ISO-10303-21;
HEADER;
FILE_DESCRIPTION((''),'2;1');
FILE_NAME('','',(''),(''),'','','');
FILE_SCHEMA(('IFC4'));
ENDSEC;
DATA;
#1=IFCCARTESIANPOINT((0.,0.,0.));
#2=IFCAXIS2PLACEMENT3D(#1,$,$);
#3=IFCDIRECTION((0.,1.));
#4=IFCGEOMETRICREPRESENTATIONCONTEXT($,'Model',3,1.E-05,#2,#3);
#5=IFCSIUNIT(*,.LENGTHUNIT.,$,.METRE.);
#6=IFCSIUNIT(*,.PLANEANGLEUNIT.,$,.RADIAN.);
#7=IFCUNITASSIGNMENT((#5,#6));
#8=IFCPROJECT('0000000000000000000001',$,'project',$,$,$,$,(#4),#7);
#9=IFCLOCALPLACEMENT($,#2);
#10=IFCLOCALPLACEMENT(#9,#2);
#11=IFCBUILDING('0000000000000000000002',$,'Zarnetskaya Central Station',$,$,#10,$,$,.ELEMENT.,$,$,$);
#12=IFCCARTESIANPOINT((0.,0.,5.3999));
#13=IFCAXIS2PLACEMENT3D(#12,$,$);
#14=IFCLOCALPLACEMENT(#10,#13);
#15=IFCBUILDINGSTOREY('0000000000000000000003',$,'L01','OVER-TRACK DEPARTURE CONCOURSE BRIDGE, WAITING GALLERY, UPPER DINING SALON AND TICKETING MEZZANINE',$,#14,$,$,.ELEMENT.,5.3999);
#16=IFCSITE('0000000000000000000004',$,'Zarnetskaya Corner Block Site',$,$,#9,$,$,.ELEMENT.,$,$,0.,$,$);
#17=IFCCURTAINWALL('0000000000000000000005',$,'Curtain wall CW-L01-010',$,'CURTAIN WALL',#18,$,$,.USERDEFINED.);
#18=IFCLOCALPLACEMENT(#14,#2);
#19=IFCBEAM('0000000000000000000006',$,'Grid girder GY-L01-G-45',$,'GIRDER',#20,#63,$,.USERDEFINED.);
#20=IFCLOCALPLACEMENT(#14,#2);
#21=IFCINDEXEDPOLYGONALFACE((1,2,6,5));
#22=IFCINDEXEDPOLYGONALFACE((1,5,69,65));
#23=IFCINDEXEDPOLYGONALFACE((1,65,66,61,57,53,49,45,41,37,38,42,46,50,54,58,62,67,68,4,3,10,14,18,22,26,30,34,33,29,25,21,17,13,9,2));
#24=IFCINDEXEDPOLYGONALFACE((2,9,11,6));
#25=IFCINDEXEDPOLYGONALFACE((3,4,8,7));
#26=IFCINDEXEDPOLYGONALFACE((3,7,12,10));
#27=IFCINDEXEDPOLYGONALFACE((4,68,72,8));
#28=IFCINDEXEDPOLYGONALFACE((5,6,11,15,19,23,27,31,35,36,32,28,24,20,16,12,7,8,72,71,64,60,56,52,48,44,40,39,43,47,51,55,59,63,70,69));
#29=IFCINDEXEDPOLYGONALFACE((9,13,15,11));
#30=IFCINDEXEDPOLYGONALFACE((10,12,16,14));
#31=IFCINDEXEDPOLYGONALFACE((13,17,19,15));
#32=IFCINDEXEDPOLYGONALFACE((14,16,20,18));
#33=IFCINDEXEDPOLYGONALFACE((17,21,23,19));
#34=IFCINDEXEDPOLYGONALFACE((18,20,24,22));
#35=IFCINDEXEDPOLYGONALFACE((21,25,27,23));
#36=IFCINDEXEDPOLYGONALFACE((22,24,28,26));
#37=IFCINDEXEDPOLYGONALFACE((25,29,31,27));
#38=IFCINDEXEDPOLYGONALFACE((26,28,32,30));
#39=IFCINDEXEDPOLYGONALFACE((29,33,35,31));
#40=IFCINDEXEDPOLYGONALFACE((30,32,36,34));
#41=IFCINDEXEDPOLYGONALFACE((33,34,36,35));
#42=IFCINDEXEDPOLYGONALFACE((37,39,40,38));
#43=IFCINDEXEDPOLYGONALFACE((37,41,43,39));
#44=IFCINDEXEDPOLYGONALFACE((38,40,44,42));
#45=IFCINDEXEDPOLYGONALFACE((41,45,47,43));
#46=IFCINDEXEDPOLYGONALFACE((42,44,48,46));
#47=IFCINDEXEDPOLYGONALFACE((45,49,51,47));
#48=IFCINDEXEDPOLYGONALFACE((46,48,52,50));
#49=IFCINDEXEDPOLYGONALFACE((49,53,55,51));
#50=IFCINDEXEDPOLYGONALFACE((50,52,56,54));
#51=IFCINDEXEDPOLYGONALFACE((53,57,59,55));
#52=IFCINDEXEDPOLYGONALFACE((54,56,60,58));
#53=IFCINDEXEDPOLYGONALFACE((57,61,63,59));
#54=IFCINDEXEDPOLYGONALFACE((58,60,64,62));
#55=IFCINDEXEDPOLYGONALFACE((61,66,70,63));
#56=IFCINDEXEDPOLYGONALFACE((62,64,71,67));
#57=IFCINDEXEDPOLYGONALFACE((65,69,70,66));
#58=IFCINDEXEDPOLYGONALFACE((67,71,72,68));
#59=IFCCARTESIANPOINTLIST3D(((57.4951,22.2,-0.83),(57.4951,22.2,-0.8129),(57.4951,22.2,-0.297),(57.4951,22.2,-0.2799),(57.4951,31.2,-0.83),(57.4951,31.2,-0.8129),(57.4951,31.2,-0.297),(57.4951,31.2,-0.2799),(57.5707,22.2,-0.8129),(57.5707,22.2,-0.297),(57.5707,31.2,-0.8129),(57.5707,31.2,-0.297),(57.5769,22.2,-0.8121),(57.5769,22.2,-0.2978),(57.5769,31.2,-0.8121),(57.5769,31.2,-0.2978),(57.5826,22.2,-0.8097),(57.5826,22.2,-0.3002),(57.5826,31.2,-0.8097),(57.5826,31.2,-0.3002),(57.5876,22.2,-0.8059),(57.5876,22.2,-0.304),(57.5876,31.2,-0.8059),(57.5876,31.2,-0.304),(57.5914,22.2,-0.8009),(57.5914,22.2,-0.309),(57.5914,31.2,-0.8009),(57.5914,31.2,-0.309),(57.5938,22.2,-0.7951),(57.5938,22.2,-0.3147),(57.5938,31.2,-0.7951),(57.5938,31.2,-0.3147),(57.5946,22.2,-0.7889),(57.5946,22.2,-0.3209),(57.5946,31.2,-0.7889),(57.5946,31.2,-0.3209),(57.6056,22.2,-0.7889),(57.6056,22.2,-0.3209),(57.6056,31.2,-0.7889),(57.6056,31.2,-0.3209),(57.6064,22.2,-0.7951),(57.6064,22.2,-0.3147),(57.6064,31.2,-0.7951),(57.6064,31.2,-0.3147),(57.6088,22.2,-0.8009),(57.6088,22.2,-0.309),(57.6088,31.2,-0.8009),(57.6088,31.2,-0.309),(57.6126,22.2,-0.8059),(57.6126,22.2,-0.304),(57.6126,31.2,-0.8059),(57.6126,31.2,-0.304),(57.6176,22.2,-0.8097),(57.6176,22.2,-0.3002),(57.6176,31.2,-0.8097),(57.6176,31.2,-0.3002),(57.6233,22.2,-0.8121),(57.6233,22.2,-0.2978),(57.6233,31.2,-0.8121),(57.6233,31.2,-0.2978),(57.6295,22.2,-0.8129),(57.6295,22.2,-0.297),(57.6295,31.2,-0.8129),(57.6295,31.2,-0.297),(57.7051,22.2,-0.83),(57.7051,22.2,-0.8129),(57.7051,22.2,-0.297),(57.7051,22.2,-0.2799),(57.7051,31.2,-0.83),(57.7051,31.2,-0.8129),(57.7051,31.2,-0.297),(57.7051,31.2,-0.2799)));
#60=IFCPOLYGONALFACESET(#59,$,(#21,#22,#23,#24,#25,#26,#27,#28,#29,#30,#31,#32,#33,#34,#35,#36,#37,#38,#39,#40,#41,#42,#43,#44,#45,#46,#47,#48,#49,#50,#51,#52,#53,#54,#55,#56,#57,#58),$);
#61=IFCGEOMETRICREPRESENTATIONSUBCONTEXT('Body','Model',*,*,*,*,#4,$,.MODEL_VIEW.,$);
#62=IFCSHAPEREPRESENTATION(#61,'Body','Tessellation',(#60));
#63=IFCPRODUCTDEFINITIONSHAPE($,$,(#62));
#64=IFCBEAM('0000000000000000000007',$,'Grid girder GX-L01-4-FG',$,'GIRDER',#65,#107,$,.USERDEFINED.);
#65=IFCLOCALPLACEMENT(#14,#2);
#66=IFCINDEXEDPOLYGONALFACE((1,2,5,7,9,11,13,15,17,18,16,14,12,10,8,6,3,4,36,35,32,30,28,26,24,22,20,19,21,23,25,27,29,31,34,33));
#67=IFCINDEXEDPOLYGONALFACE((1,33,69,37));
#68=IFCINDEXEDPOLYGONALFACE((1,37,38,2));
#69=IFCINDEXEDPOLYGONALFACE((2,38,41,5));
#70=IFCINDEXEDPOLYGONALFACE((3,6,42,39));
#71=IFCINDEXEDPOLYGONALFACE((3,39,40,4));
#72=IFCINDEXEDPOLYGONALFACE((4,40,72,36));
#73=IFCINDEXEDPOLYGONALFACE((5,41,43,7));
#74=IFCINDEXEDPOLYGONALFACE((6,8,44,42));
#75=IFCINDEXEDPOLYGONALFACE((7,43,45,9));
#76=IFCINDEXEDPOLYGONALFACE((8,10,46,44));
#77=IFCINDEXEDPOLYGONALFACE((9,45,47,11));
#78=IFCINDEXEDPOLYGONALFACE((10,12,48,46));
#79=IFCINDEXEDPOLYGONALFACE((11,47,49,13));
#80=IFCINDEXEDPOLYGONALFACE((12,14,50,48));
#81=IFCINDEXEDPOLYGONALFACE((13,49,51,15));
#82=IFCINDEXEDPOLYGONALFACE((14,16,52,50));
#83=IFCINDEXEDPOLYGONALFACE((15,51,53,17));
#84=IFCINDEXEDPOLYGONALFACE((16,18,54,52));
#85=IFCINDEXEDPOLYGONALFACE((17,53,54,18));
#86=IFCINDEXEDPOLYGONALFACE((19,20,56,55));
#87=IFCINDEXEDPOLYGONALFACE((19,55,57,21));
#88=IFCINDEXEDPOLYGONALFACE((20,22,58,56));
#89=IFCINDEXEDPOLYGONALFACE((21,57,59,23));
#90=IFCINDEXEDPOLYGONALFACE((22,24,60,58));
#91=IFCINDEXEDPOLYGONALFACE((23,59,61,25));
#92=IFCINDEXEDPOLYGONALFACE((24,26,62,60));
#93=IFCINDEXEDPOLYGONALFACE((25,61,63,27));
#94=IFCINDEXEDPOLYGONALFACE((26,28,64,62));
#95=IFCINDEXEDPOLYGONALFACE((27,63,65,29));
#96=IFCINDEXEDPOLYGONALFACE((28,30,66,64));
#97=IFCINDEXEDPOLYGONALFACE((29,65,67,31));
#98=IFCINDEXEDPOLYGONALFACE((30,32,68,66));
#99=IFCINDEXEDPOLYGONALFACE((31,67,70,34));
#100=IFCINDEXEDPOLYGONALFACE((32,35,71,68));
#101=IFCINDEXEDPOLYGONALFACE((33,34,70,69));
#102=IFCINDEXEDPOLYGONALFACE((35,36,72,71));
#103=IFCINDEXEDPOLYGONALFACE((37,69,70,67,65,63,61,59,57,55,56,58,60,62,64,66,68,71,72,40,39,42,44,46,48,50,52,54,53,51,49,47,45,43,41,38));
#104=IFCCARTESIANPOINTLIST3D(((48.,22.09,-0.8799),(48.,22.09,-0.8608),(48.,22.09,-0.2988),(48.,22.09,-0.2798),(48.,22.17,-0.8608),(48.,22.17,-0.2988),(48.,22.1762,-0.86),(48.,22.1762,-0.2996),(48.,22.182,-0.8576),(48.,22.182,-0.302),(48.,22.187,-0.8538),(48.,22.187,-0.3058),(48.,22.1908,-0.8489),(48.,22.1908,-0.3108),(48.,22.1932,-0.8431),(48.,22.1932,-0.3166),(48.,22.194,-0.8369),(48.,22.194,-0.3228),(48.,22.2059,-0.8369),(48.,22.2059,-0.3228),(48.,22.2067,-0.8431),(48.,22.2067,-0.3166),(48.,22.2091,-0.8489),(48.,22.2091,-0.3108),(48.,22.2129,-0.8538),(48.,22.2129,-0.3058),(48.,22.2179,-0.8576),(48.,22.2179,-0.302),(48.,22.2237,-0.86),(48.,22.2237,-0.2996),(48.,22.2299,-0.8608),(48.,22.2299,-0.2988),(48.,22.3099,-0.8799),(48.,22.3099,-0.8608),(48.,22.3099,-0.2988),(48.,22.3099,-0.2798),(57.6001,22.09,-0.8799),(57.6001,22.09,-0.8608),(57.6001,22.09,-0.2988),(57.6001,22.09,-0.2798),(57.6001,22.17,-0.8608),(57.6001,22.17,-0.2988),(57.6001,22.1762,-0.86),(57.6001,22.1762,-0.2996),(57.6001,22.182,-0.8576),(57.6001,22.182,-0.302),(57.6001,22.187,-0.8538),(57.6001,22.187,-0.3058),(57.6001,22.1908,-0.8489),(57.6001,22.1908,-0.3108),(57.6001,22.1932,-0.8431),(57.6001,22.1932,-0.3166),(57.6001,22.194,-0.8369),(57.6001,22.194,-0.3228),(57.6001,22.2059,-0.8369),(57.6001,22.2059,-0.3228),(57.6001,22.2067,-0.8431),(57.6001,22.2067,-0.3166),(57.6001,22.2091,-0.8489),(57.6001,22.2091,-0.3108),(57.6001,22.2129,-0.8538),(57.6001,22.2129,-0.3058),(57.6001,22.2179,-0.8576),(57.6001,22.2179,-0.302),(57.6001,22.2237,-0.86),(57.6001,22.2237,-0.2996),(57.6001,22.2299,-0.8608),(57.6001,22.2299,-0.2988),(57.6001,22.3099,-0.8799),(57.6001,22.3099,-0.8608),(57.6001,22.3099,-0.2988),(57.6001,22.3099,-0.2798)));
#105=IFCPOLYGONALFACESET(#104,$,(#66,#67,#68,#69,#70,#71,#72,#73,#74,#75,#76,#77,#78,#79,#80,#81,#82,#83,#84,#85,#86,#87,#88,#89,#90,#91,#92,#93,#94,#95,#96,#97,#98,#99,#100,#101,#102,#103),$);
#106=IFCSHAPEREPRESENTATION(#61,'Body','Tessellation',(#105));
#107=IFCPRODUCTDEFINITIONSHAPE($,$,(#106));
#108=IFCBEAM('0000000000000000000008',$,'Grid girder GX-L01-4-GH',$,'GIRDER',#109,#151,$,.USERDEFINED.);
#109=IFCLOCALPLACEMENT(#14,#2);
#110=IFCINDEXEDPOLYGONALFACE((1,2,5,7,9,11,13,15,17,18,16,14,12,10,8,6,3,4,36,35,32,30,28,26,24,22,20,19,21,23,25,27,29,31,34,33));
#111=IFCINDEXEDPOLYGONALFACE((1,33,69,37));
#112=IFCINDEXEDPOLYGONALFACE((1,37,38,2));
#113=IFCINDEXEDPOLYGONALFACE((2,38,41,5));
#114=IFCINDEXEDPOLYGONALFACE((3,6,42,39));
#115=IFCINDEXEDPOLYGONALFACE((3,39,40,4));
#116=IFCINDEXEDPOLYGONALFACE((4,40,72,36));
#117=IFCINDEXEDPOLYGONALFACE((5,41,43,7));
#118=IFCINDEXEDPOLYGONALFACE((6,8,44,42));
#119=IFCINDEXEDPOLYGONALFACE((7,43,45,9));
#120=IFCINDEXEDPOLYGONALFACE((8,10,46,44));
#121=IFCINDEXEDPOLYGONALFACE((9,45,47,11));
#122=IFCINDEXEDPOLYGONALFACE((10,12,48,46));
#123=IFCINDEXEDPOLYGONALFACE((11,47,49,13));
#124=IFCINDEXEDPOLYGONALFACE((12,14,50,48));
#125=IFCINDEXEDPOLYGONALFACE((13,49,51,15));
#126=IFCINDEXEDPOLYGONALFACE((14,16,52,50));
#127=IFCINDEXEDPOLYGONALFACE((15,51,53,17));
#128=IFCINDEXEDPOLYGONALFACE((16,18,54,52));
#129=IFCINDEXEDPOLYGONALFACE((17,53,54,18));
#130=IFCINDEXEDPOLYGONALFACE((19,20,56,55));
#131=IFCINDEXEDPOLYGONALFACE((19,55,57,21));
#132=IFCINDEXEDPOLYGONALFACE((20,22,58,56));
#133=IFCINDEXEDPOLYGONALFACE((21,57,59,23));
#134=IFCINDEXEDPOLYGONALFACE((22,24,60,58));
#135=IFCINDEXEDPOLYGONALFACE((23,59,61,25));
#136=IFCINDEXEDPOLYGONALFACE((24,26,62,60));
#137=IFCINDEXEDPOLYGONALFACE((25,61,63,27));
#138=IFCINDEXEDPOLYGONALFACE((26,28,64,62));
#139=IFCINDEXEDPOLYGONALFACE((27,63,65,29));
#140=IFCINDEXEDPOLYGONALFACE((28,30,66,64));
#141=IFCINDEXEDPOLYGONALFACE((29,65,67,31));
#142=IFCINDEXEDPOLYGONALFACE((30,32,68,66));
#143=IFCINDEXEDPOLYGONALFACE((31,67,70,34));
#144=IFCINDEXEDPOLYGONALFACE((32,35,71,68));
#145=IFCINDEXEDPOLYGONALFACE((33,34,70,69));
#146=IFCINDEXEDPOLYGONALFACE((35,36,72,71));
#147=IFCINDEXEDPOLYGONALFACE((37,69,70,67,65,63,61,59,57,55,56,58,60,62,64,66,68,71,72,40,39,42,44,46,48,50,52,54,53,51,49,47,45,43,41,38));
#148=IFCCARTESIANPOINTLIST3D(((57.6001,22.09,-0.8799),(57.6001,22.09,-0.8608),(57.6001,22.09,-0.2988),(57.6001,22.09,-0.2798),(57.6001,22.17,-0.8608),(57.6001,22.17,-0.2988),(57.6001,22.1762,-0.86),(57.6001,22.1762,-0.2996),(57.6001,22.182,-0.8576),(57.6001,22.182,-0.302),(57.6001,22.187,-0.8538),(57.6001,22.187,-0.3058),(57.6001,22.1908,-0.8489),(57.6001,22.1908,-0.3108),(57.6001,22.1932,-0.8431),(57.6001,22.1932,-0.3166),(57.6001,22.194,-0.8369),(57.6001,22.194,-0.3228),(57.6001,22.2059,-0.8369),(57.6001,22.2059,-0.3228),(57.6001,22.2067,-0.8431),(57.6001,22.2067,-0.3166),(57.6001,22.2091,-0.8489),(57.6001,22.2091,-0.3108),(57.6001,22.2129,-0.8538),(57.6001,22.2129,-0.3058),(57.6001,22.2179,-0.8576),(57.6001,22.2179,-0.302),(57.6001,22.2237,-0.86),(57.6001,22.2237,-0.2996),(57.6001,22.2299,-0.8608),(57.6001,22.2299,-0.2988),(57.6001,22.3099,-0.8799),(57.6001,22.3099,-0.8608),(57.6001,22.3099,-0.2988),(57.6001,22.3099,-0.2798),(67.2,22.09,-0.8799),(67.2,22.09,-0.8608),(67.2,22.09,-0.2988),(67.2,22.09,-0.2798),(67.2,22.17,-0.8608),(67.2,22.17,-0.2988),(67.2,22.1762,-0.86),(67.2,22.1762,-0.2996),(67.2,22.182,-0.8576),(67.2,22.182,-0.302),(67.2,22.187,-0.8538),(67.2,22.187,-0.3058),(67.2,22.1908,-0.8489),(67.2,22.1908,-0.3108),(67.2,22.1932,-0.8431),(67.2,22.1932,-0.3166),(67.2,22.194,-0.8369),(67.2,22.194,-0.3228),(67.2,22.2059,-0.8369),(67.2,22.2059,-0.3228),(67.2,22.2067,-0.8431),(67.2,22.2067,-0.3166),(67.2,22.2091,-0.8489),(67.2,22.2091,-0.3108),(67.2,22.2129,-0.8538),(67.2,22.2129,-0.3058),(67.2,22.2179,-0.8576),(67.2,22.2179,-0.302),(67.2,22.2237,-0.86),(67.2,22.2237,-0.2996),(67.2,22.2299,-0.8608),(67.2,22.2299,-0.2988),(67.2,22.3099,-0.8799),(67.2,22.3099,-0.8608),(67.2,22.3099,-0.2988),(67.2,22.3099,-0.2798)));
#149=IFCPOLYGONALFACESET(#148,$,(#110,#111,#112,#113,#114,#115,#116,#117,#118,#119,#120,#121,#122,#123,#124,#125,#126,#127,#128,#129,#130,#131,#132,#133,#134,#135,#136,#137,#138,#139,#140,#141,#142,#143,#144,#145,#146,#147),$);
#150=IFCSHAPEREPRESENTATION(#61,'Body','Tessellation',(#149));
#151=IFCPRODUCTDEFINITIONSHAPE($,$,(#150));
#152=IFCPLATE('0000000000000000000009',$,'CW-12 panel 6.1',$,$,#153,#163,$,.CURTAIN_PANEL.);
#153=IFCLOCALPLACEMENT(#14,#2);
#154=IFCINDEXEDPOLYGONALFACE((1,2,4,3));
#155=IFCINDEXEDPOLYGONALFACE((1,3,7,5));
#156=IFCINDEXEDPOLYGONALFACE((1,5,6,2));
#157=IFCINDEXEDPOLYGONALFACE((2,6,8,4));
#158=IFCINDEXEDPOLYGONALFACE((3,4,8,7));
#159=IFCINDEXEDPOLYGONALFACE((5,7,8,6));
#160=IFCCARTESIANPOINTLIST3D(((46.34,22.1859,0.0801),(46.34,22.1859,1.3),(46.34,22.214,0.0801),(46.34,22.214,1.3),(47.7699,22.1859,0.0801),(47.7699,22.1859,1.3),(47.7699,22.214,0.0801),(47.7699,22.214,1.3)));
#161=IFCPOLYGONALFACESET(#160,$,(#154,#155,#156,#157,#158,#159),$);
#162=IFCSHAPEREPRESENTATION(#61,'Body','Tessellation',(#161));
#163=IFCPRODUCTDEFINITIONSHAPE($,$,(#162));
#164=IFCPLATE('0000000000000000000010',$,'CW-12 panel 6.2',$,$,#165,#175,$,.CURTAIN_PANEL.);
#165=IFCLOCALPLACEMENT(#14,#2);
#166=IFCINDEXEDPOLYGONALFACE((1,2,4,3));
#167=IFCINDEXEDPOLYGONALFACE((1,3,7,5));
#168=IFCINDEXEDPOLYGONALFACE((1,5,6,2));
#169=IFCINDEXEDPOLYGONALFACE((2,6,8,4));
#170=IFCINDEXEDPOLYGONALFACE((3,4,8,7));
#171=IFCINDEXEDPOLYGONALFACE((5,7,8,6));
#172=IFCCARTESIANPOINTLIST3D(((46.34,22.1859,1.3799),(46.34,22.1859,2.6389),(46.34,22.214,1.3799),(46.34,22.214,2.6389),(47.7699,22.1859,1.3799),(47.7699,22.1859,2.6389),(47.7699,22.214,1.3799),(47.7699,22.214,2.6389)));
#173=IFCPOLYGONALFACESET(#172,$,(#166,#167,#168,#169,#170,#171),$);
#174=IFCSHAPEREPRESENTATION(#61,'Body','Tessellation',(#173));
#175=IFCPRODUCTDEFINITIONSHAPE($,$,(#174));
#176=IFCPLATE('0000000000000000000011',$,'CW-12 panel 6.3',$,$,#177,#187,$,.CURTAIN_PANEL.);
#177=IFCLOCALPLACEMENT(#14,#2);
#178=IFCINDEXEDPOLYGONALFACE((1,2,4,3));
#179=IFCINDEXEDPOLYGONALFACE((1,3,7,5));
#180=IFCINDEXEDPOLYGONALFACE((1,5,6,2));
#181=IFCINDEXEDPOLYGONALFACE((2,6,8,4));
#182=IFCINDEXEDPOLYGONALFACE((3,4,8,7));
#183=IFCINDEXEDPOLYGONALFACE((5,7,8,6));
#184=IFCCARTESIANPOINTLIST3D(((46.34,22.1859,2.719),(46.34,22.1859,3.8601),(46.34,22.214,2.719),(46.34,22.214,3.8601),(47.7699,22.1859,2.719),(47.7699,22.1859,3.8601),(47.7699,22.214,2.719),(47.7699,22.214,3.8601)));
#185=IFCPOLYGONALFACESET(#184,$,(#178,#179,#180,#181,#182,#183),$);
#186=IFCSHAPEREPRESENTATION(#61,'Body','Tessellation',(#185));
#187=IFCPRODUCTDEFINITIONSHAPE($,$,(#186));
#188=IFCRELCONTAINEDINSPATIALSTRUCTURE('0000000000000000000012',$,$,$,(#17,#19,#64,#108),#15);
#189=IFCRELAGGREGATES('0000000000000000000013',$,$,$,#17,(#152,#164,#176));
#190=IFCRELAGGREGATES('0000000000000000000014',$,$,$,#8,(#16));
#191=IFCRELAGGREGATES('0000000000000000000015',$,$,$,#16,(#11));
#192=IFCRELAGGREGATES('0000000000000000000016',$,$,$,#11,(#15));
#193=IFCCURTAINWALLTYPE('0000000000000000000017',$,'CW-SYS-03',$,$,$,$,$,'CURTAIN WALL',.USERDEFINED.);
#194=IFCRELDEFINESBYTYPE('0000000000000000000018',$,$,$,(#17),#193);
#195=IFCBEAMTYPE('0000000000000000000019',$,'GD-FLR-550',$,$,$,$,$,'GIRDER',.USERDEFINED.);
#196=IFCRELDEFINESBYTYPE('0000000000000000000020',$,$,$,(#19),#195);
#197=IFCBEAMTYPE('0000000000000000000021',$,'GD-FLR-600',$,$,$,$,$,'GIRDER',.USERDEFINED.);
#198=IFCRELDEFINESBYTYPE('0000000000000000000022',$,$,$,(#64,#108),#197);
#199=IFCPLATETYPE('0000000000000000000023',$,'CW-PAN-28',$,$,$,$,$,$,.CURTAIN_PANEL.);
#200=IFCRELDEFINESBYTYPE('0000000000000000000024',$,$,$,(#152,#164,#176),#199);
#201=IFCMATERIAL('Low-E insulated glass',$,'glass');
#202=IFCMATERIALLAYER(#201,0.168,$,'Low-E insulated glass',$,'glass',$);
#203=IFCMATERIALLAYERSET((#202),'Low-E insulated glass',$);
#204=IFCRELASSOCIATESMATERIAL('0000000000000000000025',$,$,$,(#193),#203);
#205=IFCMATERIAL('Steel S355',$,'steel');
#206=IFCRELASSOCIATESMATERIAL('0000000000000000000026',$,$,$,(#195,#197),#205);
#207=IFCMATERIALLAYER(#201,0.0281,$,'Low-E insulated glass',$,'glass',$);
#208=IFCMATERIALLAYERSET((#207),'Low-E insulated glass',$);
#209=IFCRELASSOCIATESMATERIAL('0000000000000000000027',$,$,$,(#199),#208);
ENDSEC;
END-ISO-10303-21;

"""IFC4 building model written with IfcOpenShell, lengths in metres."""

from ifc_helpers import new_model, si_unit, direction, frame, origin, origin_2d, place, context, subcontext, project, spatial, rectangle, i_section, extrude, material, layer, layer_set, material_profile, profile_set, type_object, element, aggregate, save


model = new_model("IFC4")

# Units and contexts
model_context = context("Model", 3, precision=1e-05, world=origin(), true_north=direction((0.0, 1.0)))
body_context = subcontext(model_context, "Body", "Model", "MODEL_VIEW")
ifc_project = project(units=[si_unit("LENGTHUNIT", "METRE"), si_unit("PLANEANGLEUNIT", "RADIAN")], contexts=[model_context])

# Site, building, storey
site_placement = place(None, origin())
site = spatial("IfcSite", under=ifc_project, at=site_placement, Name="Zarnetskaya Corner Block Site", CompositionType="ELEMENT", RefElevation=0.0)
building_placement = place(site_placement, origin())
building = spatial("IfcBuilding", under=site, at=building_placement, Name="Zarnetskaya Central Station", CompositionType="ELEMENT")
storey_placement = place(building_placement, frame((0.0, 0.0, 5.3999)))
storey = spatial("IfcBuildingStorey", under=building, at=storey_placement, Name="L01", Description="OVER-TRACK DEPARTURE CONCOURSE BRIDGE, WAITING GALLERY, UPPER DINING SALON AND TICKETING MEZZANINE", CompositionType="ELEMENT", Elevation=5.3999)

# Shared definitions
ifc_material_1 = material(Name="Steel S355", Category="steel")

# Curtain wall
ifc_material_2 = material(Name="Low-E insulated glass", Category="glass")
ifc_layer_1 = layer(ifc_material_2, 0.168, Name="Low-E insulated glass", Category="glass")
ifc_layer_set_1 = layer_set([ifc_layer_1], Name="Low-E insulated glass")
curtain_wall_type_1 = type_object("IfcCurtainWallType", Name="CW-SYS-03", ElementType="CURTAIN WALL", PredefinedType="USERDEFINED", material=ifc_layer_set_1)
curtain_wall_1_placement = place(storey_placement, origin())
curtain_wall_1 = element("IfcCurtainWall", 1, at=curtain_wall_1_placement, inside=storey, type_object=curtain_wall_type_1, Name="Curtain wall CW-L01-010", ObjectType="CURTAIN WALL", PredefinedType="USERDEFINED")

# Beams
ifc_material_profile_1 = material_profile(ifc_material_1, i_section(OverallWidth=0.21, OverallDepth=0.55, WebThickness=0.011, FlangeThickness=0.0171, FilletRadius=0.0239, at=origin_2d()), Name="IPE 550")
ifc_profile_set_1 = profile_set([ifc_material_profile_1], Name="Steel S355")
beam_type_1 = type_object("IfcBeamType", Name="GD-FLR-550", ElementType="GIRDER", PredefinedType="USERDEFINED", material=ifc_profile_set_1)
beam_1_placement = place(storey_placement, frame((57.6001, 22.2, -0.5549), z_axis=(0.0, 1.0, 0.0), x_axis=(-1.0, 0.0, 0.0)))
element("IfcBeam", 2, at=beam_1_placement, inside=storey, type_object=beam_type_1, Name="Grid girder GY-L01-G-45", ObjectType="GIRDER", PredefinedType="USERDEFINED", context=body_context, shape_type="SweptSolid", body=[
    extrude(i_section(OverallWidth=0.21, OverallDepth=0.55, WebThickness=0.011, FlangeThickness=0.0171, FilletRadius=0.0239, at=origin_2d()), origin(), (0.0, 0.0, 1.0), 9.0),
])
ifc_material_profile_2 = material_profile(ifc_material_1, i_section(OverallWidth=0.22, OverallDepth=0.6001, WebThickness=0.012, FlangeThickness=0.019, FilletRadius=0.0239, at=origin_2d()), Name="IPE 600")
ifc_profile_set_2 = profile_set([ifc_material_profile_2], Name="Steel S355")
beam_type_2 = type_object("IfcBeamType", Name="GD-FLR-600", ElementType="GIRDER", PredefinedType="USERDEFINED", material=ifc_profile_set_2)
beam_2_placement = place(storey_placement, frame((48.0, 22.2, -0.5798), z_axis=(1.0, 0.0, 0.0), x_axis=(0.0, 1.0, 0.0)))
element("IfcBeam", 3, at=beam_2_placement, inside=storey, type_object=beam_type_2, Name="Grid girder GX-L01-4-FG", ObjectType="GIRDER", PredefinedType="USERDEFINED", context=body_context, shape_type="SweptSolid", body=[
    extrude(i_section(OverallWidth=0.22, OverallDepth=0.6001, WebThickness=0.012, FlangeThickness=0.019, FilletRadius=0.0239, at=origin_2d()), origin(), (0.0, 0.0, 1.0), 9.6001),
])
beam_3_placement = place(storey_placement, frame((57.6001, 22.2, -0.5798), z_axis=(1.0, 0.0, 0.0), x_axis=(0.0, 1.0, 0.0)))
element("IfcBeam", 4, at=beam_3_placement, inside=storey, type_object=beam_type_2, Name="Grid girder GX-L01-4-GH", ObjectType="GIRDER", PredefinedType="USERDEFINED", context=body_context, shape_type="SweptSolid", body=[
    extrude(i_section(OverallWidth=0.22, OverallDepth=0.6001, WebThickness=0.012, FlangeThickness=0.019, FilletRadius=0.0239, at=origin_2d()), origin(), (0.0, 0.0, 1.0), 9.5999),
])

# Plates
ifc_layer_2 = layer(ifc_material_2, 0.0281, Name="Low-E insulated glass", Category="glass")
ifc_layer_set_2 = layer_set([ifc_layer_2], Name="Low-E insulated glass")
plate_type_1 = type_object("IfcPlateType", Name="CW-PAN-28", PredefinedType="CURTAIN_PANEL", material=ifc_layer_set_2)
plate_1_placement = place(storey_placement, frame((47.0549, 22.2, 0.0801), z_axis=(0.0, 0.0, 1.0), x_axis=(1.0, 0.0, 0.0)))
plate_1 = element("IfcPlate", 5, at=plate_1_placement, type_object=plate_type_1, Name="CW-12 panel 6.1", PredefinedType="CURTAIN_PANEL", context=body_context, shape_type="SweptSolid", body=[
    extrude(rectangle(XDim=1.4299, YDim=0.0281, at=origin_2d()), origin(), (0.0, 0.0, 1.0), 1.22),
])
plate_2_placement = place(storey_placement, frame((47.0549, 22.2, 1.3799), z_axis=(0.0, 0.0, 1.0), x_axis=(1.0, 0.0, 0.0)))
plate_2 = element("IfcPlate", 6, at=plate_2_placement, type_object=plate_type_1, Name="CW-12 panel 6.2", PredefinedType="CURTAIN_PANEL", context=body_context, shape_type="SweptSolid", body=[
    extrude(rectangle(XDim=1.4299, YDim=0.0281, at=origin_2d()), origin(), (0.0, 0.0, 1.0), 1.259),
])
plate_3_placement = place(storey_placement, frame((47.0549, 22.2, 2.719), z_axis=(0.0, 0.0, 1.0), x_axis=(1.0, 0.0, 0.0)))
plate_3 = element("IfcPlate", 7, at=plate_3_placement, type_object=plate_type_1, Name="CW-12 panel 6.3", PredefinedType="CURTAIN_PANEL", context=body_context, shape_type="SweptSolid", body=[
    extrude(rectangle(XDim=1.4299, YDim=0.0281, at=origin_2d()), origin(), (0.0, 0.0, 1.0), 1.1411),
])
aggregate(curtain_wall_1, [plate_1, plate_2, plate_3])

save(model, "model.ifc")
